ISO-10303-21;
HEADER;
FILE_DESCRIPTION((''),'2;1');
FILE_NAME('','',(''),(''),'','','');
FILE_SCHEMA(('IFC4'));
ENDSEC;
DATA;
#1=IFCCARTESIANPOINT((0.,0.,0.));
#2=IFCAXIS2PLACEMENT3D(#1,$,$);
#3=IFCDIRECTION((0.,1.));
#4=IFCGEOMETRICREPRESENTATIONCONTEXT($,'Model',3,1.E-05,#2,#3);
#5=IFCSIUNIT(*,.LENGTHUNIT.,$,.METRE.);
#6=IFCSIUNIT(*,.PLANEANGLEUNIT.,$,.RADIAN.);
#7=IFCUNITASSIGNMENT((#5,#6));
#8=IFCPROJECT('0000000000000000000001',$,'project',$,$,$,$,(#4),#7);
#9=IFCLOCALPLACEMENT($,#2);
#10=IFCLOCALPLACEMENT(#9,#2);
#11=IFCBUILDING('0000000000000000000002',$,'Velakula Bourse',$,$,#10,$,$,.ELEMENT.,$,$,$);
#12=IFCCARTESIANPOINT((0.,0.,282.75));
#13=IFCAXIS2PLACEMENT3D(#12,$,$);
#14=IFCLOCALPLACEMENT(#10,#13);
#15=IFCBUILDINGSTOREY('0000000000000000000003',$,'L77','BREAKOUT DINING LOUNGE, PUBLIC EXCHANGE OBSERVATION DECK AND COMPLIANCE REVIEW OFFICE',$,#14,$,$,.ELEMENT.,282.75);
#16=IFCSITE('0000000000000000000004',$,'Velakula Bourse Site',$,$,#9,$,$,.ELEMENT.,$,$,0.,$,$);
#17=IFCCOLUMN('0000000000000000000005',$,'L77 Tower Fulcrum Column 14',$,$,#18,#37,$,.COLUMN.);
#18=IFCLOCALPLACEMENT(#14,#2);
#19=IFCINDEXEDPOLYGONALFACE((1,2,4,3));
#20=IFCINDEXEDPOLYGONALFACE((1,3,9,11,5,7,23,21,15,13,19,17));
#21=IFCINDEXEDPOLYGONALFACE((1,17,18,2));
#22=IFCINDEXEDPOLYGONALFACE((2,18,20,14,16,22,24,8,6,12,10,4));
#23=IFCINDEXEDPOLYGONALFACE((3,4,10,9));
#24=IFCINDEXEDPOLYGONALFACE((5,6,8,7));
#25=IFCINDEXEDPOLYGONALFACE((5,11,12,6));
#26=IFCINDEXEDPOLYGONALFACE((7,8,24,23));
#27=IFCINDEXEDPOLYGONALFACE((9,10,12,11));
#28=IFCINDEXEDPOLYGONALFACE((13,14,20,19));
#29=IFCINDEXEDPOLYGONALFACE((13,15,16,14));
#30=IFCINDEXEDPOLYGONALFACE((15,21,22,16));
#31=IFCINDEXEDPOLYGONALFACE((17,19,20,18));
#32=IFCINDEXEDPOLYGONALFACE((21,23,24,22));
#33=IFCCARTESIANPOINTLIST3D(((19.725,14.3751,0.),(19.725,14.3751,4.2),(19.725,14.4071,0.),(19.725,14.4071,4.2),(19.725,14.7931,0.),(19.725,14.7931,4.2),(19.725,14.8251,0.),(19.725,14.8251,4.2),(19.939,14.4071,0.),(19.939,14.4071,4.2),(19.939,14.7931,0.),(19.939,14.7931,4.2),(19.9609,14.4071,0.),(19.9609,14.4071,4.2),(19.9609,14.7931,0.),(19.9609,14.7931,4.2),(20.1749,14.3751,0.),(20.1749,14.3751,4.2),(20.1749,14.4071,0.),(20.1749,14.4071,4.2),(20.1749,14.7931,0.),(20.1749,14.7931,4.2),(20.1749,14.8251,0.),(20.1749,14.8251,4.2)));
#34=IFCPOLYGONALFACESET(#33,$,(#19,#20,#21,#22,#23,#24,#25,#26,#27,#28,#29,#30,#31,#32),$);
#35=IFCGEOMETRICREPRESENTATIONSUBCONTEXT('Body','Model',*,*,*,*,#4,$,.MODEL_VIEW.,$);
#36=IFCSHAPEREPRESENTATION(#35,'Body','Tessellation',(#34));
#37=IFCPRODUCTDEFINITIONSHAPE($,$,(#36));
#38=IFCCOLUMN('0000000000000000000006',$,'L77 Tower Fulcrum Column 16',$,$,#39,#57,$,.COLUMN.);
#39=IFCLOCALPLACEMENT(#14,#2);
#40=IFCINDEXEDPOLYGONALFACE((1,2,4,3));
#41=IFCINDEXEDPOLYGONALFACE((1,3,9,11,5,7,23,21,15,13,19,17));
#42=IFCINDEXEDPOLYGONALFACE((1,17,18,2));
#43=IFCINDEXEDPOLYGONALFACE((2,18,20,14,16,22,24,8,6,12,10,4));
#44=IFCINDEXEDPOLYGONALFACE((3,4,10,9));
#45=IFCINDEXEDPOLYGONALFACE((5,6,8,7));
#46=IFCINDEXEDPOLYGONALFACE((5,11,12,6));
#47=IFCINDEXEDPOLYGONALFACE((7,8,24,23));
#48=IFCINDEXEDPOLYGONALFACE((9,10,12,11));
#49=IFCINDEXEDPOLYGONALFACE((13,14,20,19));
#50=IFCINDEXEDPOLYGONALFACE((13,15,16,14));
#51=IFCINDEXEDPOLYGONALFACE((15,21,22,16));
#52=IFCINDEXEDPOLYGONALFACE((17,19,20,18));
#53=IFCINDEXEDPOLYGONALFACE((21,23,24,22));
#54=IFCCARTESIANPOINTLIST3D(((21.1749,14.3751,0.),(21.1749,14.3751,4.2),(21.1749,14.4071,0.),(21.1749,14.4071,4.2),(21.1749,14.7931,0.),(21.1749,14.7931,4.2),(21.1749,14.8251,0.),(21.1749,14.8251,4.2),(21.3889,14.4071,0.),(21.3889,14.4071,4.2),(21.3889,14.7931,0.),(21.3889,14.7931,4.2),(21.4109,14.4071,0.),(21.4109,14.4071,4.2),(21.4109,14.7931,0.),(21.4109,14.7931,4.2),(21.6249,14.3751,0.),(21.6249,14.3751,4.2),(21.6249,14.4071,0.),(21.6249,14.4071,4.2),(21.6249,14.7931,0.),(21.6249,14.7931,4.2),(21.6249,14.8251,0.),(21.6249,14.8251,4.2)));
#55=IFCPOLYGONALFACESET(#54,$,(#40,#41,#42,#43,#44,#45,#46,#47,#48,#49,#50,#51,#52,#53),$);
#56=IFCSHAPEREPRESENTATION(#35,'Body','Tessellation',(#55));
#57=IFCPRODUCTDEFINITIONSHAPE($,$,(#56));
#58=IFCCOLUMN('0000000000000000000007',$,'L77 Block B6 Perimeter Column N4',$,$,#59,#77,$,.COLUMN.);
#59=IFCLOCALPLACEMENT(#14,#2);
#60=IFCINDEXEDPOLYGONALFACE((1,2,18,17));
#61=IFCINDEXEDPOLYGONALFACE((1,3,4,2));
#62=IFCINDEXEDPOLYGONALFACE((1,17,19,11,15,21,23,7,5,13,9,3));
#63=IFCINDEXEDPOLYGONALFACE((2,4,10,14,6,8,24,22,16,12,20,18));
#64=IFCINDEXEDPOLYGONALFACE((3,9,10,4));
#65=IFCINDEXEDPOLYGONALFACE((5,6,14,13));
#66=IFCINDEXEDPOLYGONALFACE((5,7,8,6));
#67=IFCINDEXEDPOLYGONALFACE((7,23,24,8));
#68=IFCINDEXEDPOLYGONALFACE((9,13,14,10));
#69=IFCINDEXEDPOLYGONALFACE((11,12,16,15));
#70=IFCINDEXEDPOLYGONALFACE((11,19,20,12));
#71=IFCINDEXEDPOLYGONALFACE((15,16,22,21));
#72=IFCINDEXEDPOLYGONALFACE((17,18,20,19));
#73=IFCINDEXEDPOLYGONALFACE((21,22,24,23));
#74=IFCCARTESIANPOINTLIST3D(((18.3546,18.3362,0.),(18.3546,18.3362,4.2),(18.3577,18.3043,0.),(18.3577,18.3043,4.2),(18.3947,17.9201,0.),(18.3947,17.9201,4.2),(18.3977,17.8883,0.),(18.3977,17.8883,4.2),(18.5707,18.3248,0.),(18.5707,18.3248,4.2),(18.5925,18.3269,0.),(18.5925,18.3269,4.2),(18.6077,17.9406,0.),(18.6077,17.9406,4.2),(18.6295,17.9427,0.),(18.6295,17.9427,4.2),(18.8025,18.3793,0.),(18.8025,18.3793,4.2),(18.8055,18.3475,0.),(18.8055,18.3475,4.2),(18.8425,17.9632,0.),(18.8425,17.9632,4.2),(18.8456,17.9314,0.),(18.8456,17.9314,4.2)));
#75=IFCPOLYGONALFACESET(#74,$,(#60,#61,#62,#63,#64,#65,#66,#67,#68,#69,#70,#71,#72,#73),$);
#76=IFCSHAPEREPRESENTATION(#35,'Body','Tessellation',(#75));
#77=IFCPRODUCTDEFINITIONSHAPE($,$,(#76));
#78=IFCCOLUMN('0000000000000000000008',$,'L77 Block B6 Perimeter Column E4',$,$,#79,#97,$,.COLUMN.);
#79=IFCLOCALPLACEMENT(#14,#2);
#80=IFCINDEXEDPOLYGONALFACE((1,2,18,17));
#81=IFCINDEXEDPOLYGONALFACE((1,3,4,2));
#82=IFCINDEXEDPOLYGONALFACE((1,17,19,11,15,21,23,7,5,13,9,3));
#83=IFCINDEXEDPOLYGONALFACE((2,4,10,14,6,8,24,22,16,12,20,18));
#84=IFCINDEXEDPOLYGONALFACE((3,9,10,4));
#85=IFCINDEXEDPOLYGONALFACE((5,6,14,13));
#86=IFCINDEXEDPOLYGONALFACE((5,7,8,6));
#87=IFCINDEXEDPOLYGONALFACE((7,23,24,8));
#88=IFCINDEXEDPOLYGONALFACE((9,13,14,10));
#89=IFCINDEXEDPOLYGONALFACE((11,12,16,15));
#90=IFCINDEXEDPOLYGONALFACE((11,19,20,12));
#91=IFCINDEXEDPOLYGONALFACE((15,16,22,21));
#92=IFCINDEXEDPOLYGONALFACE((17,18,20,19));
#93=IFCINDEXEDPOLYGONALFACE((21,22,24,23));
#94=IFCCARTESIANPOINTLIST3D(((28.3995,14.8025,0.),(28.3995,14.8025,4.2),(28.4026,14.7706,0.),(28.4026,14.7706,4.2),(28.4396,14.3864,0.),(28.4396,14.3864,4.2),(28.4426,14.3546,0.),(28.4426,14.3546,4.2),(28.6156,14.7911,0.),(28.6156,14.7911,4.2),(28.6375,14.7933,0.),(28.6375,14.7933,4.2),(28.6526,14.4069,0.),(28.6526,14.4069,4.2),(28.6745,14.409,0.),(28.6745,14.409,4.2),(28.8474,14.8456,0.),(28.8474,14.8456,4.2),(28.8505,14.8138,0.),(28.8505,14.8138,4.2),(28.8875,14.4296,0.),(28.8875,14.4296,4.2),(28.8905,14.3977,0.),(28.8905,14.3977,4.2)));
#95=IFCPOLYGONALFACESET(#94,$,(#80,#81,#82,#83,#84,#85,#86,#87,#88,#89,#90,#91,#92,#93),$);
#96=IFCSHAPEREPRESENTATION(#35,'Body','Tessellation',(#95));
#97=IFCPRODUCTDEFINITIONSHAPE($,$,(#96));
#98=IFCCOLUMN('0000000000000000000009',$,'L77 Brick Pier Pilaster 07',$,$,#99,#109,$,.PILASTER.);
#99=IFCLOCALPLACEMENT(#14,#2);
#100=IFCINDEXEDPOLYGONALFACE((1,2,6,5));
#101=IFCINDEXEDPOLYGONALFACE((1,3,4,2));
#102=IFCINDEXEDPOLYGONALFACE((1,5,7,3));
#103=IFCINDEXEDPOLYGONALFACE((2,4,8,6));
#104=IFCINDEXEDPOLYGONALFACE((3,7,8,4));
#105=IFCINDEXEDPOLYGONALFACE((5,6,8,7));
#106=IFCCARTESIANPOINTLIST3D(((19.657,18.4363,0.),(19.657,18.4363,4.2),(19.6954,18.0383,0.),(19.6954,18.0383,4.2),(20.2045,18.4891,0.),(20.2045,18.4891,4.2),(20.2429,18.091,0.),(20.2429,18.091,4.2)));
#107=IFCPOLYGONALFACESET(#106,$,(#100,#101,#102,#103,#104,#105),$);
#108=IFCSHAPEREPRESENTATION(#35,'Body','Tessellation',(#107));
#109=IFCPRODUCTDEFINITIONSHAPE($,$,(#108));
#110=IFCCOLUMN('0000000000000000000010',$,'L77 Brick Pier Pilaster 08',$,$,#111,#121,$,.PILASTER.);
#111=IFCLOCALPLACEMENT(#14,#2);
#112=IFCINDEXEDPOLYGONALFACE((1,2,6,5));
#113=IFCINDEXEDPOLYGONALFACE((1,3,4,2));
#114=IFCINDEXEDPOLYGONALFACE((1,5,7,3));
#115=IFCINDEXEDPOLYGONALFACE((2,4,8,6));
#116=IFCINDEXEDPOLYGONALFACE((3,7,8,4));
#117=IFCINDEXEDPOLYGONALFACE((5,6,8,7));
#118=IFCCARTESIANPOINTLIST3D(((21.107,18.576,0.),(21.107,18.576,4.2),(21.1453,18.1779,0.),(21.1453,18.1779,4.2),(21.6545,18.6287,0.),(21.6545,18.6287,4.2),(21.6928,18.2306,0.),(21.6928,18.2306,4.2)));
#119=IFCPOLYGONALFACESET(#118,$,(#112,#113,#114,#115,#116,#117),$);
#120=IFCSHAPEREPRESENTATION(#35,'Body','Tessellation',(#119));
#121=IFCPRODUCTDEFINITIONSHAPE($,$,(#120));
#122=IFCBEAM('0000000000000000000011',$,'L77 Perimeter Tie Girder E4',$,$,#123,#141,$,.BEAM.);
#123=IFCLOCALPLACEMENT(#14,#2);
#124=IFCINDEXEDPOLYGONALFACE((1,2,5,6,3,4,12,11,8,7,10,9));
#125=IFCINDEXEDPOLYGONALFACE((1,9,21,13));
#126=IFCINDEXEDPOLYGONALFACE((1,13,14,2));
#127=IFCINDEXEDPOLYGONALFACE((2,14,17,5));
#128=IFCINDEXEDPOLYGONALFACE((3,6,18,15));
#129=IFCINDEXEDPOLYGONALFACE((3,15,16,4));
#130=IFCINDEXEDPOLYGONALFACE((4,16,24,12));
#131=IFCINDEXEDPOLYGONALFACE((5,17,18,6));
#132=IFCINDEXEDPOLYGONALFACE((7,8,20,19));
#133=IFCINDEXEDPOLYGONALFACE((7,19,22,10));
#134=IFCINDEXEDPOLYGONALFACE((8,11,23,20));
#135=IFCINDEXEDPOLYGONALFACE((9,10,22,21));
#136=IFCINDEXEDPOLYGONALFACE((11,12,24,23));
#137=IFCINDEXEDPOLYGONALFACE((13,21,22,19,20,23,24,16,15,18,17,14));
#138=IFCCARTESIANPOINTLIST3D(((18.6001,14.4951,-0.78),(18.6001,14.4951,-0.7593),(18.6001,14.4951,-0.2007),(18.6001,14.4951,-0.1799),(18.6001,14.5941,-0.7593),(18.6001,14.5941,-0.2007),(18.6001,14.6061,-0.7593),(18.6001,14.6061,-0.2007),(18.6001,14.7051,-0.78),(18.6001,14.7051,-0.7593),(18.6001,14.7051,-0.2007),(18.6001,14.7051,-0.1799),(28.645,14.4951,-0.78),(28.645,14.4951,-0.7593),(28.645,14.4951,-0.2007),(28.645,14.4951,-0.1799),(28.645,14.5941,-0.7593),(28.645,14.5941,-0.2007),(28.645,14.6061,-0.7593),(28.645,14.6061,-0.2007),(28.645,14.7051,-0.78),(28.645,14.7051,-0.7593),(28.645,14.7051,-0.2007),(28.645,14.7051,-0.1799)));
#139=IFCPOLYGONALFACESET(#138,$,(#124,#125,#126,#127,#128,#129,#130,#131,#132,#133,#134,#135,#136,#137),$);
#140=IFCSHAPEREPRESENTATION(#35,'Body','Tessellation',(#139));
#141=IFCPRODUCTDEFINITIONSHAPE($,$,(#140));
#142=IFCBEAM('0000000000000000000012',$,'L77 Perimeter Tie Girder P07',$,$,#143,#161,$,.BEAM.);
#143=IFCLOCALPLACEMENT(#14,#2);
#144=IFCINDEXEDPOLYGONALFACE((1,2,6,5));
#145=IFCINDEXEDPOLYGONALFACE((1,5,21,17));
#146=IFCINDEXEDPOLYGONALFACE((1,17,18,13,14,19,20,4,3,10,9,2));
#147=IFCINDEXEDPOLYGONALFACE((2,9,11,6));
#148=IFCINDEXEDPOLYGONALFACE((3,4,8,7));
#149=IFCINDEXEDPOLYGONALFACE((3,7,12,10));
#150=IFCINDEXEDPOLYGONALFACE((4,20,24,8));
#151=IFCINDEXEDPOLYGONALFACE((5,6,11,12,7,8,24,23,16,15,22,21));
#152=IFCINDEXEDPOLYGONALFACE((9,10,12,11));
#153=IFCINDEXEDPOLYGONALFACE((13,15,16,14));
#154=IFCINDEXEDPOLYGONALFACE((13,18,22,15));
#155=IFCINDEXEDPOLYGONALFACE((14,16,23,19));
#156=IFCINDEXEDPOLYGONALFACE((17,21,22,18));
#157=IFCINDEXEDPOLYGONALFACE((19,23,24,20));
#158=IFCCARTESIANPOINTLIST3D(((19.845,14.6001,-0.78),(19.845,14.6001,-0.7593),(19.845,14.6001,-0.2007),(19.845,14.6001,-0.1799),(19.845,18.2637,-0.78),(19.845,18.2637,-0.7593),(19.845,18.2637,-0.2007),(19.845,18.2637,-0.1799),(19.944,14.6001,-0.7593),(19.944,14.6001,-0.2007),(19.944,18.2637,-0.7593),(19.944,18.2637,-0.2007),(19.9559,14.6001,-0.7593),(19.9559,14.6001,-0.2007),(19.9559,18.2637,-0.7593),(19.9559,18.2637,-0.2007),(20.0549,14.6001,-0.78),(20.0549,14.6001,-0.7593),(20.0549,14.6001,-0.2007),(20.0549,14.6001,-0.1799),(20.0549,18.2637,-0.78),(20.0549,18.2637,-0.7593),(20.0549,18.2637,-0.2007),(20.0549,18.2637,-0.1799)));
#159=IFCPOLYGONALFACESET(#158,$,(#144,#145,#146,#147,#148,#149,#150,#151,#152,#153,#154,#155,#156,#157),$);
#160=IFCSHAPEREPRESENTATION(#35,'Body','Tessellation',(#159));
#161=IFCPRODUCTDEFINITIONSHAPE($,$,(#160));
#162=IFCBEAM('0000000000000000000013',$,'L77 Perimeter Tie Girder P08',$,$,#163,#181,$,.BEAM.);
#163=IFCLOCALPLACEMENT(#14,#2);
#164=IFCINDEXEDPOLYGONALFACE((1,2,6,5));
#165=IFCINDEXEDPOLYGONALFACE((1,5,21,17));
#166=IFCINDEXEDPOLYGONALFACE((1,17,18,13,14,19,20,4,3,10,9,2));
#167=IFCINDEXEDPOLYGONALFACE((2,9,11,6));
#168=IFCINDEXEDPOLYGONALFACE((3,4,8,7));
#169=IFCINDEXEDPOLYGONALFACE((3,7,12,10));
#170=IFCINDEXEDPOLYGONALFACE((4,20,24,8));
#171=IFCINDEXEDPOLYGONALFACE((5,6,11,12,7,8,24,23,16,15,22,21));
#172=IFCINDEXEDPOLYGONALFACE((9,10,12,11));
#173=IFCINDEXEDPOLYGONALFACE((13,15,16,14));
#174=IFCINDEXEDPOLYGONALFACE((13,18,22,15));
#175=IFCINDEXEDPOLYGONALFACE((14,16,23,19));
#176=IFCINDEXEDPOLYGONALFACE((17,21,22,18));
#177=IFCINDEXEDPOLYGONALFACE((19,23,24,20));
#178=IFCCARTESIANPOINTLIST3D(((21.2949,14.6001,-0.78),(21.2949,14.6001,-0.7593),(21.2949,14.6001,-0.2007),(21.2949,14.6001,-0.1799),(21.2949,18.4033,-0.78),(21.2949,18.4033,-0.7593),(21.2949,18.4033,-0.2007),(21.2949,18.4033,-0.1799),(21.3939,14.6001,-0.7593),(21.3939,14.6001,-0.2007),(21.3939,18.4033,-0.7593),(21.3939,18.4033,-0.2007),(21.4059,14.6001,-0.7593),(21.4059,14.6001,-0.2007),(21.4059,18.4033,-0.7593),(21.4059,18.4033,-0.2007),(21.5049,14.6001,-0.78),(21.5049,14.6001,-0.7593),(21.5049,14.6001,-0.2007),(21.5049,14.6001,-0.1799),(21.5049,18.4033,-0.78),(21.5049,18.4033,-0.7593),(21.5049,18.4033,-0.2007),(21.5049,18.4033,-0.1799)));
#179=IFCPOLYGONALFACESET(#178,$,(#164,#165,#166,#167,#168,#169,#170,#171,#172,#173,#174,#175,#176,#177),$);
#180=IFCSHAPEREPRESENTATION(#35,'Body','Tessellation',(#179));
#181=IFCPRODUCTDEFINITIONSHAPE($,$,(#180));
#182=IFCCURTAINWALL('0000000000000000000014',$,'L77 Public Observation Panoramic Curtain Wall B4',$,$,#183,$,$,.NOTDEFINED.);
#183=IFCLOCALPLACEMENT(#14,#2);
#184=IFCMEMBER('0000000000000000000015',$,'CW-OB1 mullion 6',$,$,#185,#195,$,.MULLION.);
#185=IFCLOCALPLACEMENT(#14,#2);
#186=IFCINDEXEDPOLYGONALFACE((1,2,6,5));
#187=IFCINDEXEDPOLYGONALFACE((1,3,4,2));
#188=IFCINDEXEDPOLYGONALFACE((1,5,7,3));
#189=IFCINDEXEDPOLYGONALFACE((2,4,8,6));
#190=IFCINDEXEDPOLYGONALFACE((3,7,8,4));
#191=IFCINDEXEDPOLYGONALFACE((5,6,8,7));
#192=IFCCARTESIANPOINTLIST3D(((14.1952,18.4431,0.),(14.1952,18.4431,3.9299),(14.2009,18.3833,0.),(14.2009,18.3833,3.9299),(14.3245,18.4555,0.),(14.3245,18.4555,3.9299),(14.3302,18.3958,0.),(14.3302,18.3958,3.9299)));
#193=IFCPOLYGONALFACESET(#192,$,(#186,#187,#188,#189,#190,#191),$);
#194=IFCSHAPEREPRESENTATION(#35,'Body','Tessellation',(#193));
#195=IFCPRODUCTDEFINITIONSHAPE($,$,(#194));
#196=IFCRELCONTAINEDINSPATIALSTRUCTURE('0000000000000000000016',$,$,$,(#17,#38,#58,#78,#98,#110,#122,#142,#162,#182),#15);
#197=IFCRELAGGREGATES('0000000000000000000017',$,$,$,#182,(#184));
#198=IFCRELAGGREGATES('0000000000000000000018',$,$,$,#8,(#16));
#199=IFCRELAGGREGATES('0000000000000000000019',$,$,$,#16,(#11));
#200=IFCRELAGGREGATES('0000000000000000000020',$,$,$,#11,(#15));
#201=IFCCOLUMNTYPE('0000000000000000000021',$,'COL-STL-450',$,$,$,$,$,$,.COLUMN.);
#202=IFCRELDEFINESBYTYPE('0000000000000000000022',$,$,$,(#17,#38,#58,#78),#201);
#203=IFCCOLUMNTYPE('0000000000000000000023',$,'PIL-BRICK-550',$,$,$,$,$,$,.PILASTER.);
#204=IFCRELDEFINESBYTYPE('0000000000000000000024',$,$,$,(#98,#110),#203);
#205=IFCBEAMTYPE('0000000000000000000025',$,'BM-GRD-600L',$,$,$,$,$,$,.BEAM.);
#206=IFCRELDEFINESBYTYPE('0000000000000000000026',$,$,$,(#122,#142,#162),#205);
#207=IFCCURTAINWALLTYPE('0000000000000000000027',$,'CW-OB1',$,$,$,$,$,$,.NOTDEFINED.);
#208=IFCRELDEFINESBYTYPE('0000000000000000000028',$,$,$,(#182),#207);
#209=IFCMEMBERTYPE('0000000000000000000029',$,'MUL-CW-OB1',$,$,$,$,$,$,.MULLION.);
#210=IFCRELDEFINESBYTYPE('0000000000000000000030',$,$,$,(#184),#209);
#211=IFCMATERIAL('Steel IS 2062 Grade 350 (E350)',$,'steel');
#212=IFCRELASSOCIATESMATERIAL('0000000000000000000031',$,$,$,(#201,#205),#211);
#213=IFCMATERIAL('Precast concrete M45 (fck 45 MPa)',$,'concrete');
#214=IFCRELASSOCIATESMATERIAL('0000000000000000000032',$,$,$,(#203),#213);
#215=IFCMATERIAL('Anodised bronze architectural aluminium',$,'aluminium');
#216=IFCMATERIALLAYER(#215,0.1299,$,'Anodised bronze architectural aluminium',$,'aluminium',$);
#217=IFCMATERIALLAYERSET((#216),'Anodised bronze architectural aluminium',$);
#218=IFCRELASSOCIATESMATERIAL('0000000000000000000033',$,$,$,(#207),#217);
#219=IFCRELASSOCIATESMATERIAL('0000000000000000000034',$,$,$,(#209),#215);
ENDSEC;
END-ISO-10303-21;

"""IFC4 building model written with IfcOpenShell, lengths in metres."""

from ifc_helpers import new_model, si_unit, direction, frame, origin, origin_2d, place, context, subcontext, project, spatial, rectangle, i_section, extrude, material, layer, layer_set, material_profile, profile_set, type_object, element, aggregate, save


model = new_model("IFC4")

# Units and contexts
model_context = context("Model", 3, precision=1e-05, world=origin(), true_north=direction((0.0, 1.0)))
body_context = subcontext(model_context, "Body", "Model", "MODEL_VIEW")
ifc_project = project(units=[si_unit("LENGTHUNIT", "METRE"), si_unit("PLANEANGLEUNIT", "RADIAN")], contexts=[model_context])

# Site, building, storey
site_placement = place(None, origin())
site = spatial("IfcSite", under=ifc_project, at=site_placement, Name="Velakula Bourse Site", CompositionType="ELEMENT", RefElevation=0.0)
building_placement = place(site_placement, origin())
building = spatial("IfcBuilding", under=site, at=building_placement, Name="Velakula Bourse", CompositionType="ELEMENT")
storey_placement = place(building_placement, frame((0.0, 0.0, 282.75)))
storey = spatial("IfcBuildingStorey", under=building, at=storey_placement, Name="L77", Description="BREAKOUT DINING LOUNGE, PUBLIC EXCHANGE OBSERVATION DECK AND COMPLIANCE REVIEW OFFICE", CompositionType="ELEMENT", Elevation=282.75)

# Columns
ifc_material_1 = material(Name="Steel IS 2062 Grade 350 (E350)", Category="steel")
ifc_material_profile_1 = material_profile(ifc_material_1, i_section(OverallWidth=0.45, OverallDepth=0.45, WebThickness=0.022, FlangeThickness=0.032, at=origin_2d()), Name="Steel IS 2062 Grade 350 (E350)")
ifc_profile_set_1 = profile_set([ifc_material_profile_1], Name="Steel IS 2062 Grade 350 (E350)")
column_type_1 = type_object("IfcColumnType", Name="COL-STL-450", PredefinedType="COLUMN", material=ifc_profile_set_1)
for number, where, z_axis, x_axis, name in (
    (1, (19.95, 14.6001, 0.0), (0.0, 0.0, 1.0), (1.0, 0.0, 0.0), "L77 Tower Fulcrum Column 14"),
    (2, (21.3999, 14.6001, 0.0), (0.0, 0.0, 1.0), (1.0, 0.0, 0.0), "L77 Tower Fulcrum Column 16"),
    (3, (18.6001, 18.1338, 0.0), (0.0, 0.0, 1.0), (0.995396, 0.095846, 0.0), "L77 Block B6 Perimeter Column N4"),
    (4, (28.645, 14.6001, 0.0), (0.0, 0.0, 1.0), (0.995396, 0.095846, 0.0), "L77 Block B6 Perimeter Column E4"),
):
    element("IfcColumn", number, at=place(storey_placement, frame(where, z_axis=z_axis, x_axis=x_axis)), inside=storey, type_object=column_type_1, Name=name, PredefinedType="COLUMN", context=body_context, shape_type="SweptSolid", body=[
        extrude(i_section(OverallWidth=0.45, OverallDepth=0.45, WebThickness=0.022, FlangeThickness=0.032, at=origin_2d()), origin(), (0.0, 0.0, 1.0), 4.2),
    ])
ifc_material_2 = material(Name="Precast concrete M45 (fck 45 MPa)", Category="concrete")
ifc_material_profile_2 = material_profile(ifc_material_2, rectangle(XDim=0.55, YDim=0.3999, at=origin_2d()), Name="Precast concrete M45 (fck 45 MPa)")
ifc_profile_set_2 = profile_set([ifc_material_profile_2], Name="Precast concrete M45 (fck 45 MPa)")
column_type_2 = type_object("IfcColumnType", Name="PIL-BRICK-550", PredefinedType="PILASTER", material=ifc_profile_set_2)
for number, where, z_axis, x_axis, name in (
    (5, (19.95, 18.2637, 0.0), (0.0, 0.0, 1.0), (0.995396, 0.095846, 0.0), "L77 Brick Pier Pilaster 07"),
    (6, (21.3999, 18.4033, 0.0), (0.0, 0.0, 1.0), (0.995396, 0.095846, 0.0), "L77 Brick Pier Pilaster 08"),
):
    element("IfcColumn", number, at=place(storey_placement, frame(where, z_axis=z_axis, x_axis=x_axis)), inside=storey, type_object=column_type_2, Name=name, PredefinedType="PILASTER", context=body_context, shape_type="SweptSolid", body=[
        extrude(rectangle(XDim=0.55, YDim=0.3999, at=origin_2d()), origin(), (0.0, 0.0, 1.0), 4.2),
    ])

# Beams
ifc_material_profile_3 = material_profile(ifc_material_1, i_section(OverallWidth=0.21, OverallDepth=0.6001, WebThickness=0.012, FlangeThickness=0.0208, at=origin_2d()), Name="Steel IS 2062 Grade 350 (E350)")
ifc_profile_set_3 = profile_set([ifc_material_profile_3], Name="Steel IS 2062 Grade 350 (E350)")
beam_type_1 = type_object("IfcBeamType", Name="BM-GRD-600L", PredefinedType="BEAM", material=ifc_profile_set_3)
beam_1_placement = place(storey_placement, frame((18.6001, 14.6001, -0.48), z_axis=(1.0, 0.0, 0.0), x_axis=(0.0, 1.0, 0.0)))
element("IfcBeam", 7, at=beam_1_placement, inside=storey, type_object=beam_type_1, Name="L77 Perimeter Tie Girder E4", PredefinedType="BEAM", context=body_context, shape_type="SweptSolid", body=[
    extrude(i_section(OverallWidth=0.21, OverallDepth=0.6001, WebThickness=0.012, FlangeThickness=0.0208, at=origin_2d()), origin(), (0.0, 0.0, 1.0), 10.0449),
])
beam_2_placement = place(storey_placement, frame((19.95, 14.6001, -0.48), z_axis=(0.0, 1.0, 0.0), x_axis=(-1.0, 0.0, 0.0)))
element("IfcBeam", 8, at=beam_2_placement, inside=storey, type_object=beam_type_1, Name="L77 Perimeter Tie Girder P07", PredefinedType="BEAM", context=body_context, shape_type="SweptSolid", body=[
    extrude(i_section(OverallWidth=0.21, OverallDepth=0.6001, WebThickness=0.012, FlangeThickness=0.0208, at=origin_2d()), origin(), (0.0, 0.0, 1.0), 3.6636),
])
beam_3_placement = place(storey_placement, frame((21.3999, 14.6001, -0.48), z_axis=(0.0, 1.0, 0.0), x_axis=(-1.0, 0.0, 0.0)))
element("IfcBeam", 9, at=beam_3_placement, inside=storey, type_object=beam_type_1, Name="L77 Perimeter Tie Girder P08", PredefinedType="BEAM", context=body_context, shape_type="SweptSolid", body=[
    extrude(i_section(OverallWidth=0.21, OverallDepth=0.6001, WebThickness=0.012, FlangeThickness=0.0208, at=origin_2d()), origin(), (0.0, 0.0, 1.0), 3.8032),
])

# Curtain wall, member
ifc_material_3 = material(Name="Anodised bronze architectural aluminium", Category="aluminium")
ifc_layer_1 = layer(ifc_material_3, 0.1299, Name="Anodised bronze architectural aluminium", Category="aluminium")
ifc_layer_set_1 = layer_set([ifc_layer_1], Name="Anodised bronze architectural aluminium")
curtain_wall_type = type_object("IfcCurtainWallType", Name="CW-OB1", PredefinedType="NOTDEFINED", material=ifc_layer_set_1)
curtain_wall_placement = place(storey_placement, origin())
curtain_wall = element("IfcCurtainWall", 10, at=curtain_wall_placement, inside=storey, type_object=curtain_wall_type, Name="L77 Public Observation Panoramic Curtain Wall B4", PredefinedType="NOTDEFINED")
ifc_material_profile_4 = material_profile(ifc_material_3, rectangle(XDim=0.0601, YDim=0.1299, at=origin_2d()), Name="Anodised bronze architectural aluminium")
ifc_profile_set_4 = profile_set([ifc_material_profile_4], Name="Anodised bronze architectural aluminium")
member_type_1 = type_object("IfcMemberType", Name="MUL-CW-OB1", PredefinedType="MULLION", material=ifc_profile_set_4)
member_1_placement = place(storey_placement, frame((14.2627, 18.4194, 0.0), z_axis=(0.0, 0.0, 1.0), x_axis=(-0.095844, 0.995396, 0.0)))
member_1 = element("IfcMember", 11, at=member_1_placement, type_object=member_type_1, Name="CW-OB1 mullion 6", PredefinedType="MULLION", context=body_context, shape_type="SweptSolid", body=[
    extrude(rectangle(XDim=0.0601, YDim=0.1299, at=origin_2d()), origin(), (0.0, 0.0, 1.0), 3.9299),
])

aggregate(curtain_wall, [member_1])

save(model, "model.ifc")
